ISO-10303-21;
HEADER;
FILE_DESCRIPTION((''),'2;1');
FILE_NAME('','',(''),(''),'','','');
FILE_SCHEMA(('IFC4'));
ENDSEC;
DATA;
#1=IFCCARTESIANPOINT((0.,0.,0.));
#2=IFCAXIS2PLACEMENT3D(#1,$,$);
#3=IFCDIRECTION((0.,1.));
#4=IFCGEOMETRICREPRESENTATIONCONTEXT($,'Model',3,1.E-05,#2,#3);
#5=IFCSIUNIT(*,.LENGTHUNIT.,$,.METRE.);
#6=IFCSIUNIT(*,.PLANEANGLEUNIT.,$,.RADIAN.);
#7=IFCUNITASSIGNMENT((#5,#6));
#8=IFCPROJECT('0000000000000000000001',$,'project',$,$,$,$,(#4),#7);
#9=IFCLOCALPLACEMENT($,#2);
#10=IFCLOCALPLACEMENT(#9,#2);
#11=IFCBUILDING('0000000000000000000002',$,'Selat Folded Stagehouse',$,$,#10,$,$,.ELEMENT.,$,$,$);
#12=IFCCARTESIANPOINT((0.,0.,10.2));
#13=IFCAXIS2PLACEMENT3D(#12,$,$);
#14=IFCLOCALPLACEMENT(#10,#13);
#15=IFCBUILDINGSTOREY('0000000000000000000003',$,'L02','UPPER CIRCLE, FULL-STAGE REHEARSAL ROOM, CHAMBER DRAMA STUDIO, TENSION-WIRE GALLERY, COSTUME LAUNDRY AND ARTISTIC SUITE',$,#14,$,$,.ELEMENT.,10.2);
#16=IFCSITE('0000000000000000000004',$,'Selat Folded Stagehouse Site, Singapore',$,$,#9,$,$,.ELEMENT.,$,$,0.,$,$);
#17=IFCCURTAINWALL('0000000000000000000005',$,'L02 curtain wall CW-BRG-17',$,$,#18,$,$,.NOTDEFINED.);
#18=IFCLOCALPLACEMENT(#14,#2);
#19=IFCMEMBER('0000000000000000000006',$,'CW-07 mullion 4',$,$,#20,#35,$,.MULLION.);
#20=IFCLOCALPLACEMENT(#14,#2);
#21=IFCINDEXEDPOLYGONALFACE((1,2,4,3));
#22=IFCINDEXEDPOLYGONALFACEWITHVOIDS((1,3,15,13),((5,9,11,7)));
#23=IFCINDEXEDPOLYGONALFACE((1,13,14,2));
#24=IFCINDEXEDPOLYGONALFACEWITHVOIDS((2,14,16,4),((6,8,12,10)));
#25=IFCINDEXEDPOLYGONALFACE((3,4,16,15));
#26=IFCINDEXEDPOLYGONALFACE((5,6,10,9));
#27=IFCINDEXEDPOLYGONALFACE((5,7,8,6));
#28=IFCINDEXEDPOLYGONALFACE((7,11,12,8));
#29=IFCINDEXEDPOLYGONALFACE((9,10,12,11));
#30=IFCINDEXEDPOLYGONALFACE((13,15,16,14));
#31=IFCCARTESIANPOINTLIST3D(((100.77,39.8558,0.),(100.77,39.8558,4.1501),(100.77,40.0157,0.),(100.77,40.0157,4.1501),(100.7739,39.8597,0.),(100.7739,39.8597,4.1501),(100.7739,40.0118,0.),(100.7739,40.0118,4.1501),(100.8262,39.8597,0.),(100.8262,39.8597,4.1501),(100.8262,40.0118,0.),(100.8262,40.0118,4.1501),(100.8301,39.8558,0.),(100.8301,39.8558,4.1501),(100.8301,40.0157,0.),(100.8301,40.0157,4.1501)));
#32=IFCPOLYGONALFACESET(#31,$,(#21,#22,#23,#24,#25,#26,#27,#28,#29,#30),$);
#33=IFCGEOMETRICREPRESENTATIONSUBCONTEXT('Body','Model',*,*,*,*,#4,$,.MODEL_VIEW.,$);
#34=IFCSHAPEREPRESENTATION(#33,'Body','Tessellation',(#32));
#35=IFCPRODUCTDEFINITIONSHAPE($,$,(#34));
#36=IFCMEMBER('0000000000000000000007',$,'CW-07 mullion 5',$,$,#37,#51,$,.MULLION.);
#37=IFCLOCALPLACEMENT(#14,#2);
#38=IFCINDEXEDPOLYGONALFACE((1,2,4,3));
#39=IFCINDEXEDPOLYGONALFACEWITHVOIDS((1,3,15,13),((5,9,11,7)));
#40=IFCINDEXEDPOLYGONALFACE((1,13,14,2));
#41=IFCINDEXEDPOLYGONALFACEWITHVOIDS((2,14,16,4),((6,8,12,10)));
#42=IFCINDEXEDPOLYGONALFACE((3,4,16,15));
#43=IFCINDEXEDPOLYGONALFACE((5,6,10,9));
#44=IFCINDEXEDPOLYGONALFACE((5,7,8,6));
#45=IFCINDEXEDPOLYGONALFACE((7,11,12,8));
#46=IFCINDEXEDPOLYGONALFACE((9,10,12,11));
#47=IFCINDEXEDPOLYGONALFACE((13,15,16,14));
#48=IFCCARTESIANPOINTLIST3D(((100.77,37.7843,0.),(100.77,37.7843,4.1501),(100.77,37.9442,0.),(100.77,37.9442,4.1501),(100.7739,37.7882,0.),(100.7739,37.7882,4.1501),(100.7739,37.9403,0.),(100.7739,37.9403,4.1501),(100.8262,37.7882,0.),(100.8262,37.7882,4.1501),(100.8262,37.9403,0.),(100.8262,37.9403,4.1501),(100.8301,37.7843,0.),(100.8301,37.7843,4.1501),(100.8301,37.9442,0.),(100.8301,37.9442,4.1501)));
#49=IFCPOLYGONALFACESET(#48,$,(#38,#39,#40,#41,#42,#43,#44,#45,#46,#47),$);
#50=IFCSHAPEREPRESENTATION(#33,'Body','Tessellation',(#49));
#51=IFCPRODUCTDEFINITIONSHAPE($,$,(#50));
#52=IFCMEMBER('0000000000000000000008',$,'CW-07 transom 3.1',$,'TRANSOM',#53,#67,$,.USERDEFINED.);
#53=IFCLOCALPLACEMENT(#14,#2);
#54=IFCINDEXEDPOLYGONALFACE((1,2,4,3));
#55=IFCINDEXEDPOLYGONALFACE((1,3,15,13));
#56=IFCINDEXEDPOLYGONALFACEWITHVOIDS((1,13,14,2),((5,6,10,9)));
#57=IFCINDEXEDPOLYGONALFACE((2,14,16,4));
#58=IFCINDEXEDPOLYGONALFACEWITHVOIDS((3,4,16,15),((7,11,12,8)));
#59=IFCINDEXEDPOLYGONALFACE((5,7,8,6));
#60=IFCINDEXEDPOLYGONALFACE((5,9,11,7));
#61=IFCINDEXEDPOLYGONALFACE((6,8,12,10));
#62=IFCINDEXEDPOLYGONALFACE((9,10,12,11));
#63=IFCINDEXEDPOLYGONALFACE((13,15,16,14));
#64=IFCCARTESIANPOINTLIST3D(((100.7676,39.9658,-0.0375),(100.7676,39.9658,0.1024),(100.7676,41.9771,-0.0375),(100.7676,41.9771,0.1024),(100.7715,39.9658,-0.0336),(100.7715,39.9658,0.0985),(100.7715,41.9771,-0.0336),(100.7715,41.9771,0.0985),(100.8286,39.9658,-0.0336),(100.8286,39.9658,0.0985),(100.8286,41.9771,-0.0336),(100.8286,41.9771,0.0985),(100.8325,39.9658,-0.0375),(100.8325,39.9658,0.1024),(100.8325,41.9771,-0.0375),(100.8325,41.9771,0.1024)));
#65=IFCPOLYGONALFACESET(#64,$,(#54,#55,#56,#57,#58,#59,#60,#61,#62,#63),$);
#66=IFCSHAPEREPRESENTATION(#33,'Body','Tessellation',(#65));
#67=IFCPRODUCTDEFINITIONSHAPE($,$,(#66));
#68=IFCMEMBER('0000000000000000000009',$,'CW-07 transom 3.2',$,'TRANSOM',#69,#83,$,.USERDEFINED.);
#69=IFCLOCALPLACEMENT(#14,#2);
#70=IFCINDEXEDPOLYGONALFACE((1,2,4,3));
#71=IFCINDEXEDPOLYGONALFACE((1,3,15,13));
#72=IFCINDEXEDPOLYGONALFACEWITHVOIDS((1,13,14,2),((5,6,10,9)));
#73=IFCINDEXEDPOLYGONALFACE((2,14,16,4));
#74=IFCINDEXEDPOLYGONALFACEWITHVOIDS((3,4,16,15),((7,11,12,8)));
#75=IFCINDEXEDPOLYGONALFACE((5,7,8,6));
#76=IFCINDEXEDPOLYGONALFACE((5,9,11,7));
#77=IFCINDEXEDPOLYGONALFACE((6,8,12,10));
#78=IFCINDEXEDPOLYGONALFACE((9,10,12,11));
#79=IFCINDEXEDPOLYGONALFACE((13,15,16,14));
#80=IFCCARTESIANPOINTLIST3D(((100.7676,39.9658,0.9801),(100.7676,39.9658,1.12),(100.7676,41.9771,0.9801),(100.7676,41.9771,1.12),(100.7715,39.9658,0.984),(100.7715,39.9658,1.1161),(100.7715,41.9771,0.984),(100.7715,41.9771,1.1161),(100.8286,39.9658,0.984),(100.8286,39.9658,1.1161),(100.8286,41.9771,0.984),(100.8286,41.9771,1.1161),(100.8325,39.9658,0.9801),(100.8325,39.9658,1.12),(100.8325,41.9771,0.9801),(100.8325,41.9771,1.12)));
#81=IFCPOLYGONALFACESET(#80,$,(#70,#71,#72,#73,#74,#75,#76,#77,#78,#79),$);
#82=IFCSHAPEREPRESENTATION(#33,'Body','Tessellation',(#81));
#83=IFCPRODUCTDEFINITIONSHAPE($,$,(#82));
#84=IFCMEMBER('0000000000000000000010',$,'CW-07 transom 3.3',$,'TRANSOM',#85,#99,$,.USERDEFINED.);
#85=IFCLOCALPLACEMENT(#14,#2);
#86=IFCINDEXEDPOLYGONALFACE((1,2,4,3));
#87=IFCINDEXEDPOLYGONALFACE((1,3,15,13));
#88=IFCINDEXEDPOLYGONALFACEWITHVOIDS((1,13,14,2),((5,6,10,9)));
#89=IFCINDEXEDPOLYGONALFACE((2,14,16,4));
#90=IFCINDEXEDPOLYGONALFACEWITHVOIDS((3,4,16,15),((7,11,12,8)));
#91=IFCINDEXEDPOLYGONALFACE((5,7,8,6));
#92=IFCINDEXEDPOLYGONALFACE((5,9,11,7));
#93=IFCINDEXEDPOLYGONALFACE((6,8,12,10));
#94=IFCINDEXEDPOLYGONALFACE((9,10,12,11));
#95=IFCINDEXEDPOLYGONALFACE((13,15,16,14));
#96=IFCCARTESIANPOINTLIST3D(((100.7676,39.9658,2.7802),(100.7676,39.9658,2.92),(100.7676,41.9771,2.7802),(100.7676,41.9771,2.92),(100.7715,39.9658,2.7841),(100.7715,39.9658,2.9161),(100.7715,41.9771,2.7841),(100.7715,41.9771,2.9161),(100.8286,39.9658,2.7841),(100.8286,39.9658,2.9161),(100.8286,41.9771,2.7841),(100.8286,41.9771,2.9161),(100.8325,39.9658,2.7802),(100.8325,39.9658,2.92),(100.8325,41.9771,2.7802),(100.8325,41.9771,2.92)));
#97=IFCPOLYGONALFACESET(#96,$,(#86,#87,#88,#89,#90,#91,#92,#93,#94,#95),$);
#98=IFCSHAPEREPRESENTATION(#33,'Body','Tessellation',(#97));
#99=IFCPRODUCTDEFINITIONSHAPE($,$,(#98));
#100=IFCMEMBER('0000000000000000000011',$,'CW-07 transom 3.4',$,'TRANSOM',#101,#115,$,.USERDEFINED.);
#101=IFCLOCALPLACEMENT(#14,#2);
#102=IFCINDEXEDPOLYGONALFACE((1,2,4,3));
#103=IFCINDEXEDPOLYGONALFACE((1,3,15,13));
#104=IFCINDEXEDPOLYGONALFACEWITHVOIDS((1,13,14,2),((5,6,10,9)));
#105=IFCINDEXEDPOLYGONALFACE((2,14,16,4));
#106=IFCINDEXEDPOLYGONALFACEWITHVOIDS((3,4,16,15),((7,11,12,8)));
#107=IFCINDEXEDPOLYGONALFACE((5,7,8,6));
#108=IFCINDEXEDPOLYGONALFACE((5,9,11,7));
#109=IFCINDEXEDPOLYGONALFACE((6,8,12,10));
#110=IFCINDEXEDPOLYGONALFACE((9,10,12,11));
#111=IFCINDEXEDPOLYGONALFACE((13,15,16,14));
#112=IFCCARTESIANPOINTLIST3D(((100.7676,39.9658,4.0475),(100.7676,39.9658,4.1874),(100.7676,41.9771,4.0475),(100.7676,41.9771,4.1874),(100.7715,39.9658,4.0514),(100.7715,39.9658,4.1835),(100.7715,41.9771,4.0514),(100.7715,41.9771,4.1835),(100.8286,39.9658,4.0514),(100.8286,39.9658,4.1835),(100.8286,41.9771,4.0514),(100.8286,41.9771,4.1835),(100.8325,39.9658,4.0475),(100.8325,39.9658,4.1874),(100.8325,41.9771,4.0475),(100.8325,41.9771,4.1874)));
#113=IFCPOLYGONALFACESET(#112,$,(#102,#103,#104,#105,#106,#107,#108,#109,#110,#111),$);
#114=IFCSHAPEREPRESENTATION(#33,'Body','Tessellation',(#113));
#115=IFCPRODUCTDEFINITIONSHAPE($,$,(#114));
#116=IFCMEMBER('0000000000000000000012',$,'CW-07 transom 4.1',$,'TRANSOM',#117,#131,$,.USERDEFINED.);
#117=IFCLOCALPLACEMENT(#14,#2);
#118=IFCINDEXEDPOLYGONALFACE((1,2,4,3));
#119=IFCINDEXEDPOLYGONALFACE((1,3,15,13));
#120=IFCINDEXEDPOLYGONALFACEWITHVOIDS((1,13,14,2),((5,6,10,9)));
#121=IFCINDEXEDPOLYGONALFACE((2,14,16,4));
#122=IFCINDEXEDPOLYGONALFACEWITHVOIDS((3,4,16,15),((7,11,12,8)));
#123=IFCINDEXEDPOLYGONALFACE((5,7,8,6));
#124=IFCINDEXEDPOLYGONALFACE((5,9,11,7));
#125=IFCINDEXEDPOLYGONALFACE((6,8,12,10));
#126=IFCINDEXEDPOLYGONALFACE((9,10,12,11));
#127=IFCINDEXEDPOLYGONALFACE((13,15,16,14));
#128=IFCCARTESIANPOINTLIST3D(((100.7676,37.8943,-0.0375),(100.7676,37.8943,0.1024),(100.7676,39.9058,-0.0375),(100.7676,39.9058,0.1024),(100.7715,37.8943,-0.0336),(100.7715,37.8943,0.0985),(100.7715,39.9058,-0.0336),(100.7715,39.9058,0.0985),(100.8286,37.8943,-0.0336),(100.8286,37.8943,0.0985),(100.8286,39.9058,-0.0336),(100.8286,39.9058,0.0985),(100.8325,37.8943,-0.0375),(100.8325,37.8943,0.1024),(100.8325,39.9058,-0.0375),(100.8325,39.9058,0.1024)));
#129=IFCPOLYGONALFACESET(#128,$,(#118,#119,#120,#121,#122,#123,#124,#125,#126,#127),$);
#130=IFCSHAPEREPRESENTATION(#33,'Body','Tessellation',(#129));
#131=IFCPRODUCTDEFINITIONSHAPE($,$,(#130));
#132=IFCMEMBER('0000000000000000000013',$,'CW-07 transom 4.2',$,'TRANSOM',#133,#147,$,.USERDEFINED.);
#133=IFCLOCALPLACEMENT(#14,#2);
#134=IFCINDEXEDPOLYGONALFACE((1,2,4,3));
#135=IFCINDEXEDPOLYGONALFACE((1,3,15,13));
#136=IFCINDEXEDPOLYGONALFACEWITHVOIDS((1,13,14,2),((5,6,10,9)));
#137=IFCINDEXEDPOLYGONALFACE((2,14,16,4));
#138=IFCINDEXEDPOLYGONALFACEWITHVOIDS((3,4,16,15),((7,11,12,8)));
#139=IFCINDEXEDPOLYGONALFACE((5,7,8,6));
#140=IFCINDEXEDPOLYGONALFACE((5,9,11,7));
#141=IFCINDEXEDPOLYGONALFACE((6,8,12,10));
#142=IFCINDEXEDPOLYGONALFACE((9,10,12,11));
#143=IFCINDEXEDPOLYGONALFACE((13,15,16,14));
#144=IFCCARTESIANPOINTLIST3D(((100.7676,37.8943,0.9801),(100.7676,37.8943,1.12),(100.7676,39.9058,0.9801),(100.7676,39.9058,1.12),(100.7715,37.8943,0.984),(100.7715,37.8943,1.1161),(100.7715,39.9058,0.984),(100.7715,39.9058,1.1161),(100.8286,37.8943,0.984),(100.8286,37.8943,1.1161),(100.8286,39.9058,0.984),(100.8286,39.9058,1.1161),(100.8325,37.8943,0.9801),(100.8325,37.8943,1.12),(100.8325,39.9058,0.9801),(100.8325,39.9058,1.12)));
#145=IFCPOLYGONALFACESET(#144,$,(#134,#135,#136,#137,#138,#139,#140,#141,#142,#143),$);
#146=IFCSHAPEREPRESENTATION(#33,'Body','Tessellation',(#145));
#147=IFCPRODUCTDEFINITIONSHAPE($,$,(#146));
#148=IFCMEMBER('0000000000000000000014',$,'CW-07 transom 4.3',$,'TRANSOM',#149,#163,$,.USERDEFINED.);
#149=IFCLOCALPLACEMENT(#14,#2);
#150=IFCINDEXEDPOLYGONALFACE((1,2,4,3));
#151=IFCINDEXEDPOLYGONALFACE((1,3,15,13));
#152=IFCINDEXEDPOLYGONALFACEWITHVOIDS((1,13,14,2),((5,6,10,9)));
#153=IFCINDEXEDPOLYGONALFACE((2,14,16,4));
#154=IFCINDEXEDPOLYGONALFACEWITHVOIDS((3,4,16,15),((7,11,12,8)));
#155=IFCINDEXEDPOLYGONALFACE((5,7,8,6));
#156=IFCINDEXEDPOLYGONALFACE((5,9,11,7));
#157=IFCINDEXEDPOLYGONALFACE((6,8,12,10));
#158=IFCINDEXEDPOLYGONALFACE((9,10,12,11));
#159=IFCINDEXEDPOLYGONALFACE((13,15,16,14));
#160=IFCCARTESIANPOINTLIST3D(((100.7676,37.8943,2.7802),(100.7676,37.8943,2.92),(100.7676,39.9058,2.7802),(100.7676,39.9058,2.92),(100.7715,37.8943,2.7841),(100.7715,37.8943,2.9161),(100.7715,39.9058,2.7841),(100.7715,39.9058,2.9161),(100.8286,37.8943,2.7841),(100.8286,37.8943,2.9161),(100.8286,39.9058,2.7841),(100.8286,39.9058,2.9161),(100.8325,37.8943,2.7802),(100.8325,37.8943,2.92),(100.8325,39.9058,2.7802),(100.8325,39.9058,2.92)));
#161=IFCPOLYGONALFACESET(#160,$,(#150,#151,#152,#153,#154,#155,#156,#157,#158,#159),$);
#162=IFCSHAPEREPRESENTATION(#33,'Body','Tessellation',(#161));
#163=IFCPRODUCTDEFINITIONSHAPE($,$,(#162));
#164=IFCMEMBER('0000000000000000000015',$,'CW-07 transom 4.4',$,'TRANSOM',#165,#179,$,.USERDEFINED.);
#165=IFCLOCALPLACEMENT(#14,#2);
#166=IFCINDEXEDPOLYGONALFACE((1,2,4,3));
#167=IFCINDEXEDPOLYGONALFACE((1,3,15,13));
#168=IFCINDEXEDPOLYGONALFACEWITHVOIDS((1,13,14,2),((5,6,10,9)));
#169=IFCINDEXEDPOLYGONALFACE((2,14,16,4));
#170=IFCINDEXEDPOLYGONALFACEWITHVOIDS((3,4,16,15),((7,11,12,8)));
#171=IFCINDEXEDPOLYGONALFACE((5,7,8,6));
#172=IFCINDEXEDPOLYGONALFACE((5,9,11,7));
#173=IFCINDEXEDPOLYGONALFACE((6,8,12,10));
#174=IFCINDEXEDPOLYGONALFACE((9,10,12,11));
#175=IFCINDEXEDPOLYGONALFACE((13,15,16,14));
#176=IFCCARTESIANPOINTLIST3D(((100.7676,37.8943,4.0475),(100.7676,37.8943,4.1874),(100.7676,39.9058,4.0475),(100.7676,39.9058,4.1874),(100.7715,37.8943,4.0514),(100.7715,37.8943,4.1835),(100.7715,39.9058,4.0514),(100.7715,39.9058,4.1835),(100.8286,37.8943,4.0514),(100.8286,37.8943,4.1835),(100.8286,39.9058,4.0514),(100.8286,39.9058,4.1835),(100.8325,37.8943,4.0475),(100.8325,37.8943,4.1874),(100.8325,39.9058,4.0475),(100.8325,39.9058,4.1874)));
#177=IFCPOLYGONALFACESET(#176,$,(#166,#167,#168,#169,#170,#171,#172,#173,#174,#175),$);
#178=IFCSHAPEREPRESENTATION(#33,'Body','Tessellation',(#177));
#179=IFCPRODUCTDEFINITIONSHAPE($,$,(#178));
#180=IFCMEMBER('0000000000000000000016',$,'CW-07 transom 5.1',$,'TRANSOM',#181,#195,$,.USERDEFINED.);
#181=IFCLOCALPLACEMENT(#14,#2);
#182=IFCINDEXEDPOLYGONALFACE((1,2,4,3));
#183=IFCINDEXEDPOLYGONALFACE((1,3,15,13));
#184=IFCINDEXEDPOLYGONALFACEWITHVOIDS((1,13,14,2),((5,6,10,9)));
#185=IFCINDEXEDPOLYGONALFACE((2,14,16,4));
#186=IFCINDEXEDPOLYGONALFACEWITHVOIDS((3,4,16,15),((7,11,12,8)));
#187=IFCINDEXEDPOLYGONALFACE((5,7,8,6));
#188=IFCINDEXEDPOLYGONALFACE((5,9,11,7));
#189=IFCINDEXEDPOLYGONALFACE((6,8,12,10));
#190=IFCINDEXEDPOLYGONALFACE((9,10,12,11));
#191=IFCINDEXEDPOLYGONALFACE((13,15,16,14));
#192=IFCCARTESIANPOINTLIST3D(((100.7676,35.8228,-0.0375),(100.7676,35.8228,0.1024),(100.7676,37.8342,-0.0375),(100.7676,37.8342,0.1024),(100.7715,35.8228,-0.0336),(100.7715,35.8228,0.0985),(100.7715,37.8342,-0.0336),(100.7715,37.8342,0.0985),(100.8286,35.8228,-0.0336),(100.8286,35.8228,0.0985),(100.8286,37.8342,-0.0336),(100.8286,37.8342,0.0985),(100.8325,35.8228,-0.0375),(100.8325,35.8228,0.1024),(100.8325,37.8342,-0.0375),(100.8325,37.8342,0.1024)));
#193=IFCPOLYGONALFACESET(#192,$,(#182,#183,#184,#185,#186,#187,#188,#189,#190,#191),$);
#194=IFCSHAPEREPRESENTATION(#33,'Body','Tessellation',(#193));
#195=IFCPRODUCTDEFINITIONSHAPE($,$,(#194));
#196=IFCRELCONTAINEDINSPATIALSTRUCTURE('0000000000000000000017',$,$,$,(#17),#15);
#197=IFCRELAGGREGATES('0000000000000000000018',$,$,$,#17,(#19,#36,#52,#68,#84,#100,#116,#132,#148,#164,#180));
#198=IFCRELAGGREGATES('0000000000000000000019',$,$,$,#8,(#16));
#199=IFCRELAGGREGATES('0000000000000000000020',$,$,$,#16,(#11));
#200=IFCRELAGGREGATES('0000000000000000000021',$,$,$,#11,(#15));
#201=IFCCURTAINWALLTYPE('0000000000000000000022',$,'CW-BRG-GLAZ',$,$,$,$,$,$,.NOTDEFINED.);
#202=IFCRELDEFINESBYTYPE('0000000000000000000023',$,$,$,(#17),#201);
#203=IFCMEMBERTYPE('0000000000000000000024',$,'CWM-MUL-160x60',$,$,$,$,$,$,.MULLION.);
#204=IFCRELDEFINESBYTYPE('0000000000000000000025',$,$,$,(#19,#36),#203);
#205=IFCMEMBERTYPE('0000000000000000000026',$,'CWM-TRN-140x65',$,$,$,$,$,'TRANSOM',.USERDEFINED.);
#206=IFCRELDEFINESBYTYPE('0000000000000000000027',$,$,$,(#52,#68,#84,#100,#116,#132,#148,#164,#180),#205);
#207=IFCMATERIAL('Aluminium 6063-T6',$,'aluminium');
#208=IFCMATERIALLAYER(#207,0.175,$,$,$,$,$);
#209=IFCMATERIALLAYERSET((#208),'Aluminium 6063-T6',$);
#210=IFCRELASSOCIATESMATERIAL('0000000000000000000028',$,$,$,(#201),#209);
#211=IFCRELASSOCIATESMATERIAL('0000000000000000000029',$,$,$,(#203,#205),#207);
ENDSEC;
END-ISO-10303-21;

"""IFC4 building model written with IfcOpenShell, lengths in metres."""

from ifc_helpers import new_model, si_unit, direction, frame, origin, origin_2d, place, context, subcontext, project, spatial, hollow_rectangle, extrude, material, layer, layer_set, material_profile, profile_set, type_object, element, aggregate, save


model = new_model("IFC4")

# Units and contexts
model_context = context("Model", 3, precision=1e-05, world=origin(), true_north=direction((0.0, 1.0)))
body_context = subcontext(model_context, "Body", "Model", "MODEL_VIEW")
ifc_project = project(units=[si_unit("LENGTHUNIT", "METRE"), si_unit("PLANEANGLEUNIT", "RADIAN")], contexts=[model_context])

# Site, building, storey
site_placement = place(None, origin())
site = spatial("IfcSite", under=ifc_project, at=site_placement, Name="Selat Folded Stagehouse Site, Singapore", CompositionType="ELEMENT", RefElevation=0.0)
building_placement = place(site_placement, origin())
building = spatial("IfcBuilding", under=site, at=building_placement, Name="Selat Folded Stagehouse", CompositionType="ELEMENT")
storey_placement = place(building_placement, frame((0.0, 0.0, 10.2)))
storey = spatial("IfcBuildingStorey", under=building, at=storey_placement, Name="L02", Description="UPPER CIRCLE, FULL-STAGE REHEARSAL ROOM, CHAMBER DRAMA STUDIO, TENSION-WIRE GALLERY, COSTUME LAUNDRY AND ARTISTIC SUITE", CompositionType="ELEMENT", Elevation=10.2)

# Curtain wall, members
ifc_material_1 = material(Name="Aluminium 6063-T6", Category="aluminium")
ifc_layer_1 = layer(ifc_material_1, 0.175)
ifc_layer_set_1 = layer_set([ifc_layer_1], Name="Aluminium 6063-T6")
curtain_wall_type = type_object("IfcCurtainWallType", Name="CW-BRG-GLAZ", PredefinedType="NOTDEFINED", material=ifc_layer_set_1)
curtain_wall_placement = place(storey_placement, origin())
curtain_wall = element("IfcCurtainWall", 1, at=curtain_wall_placement, inside=storey, type_object=curtain_wall_type, Name="L02 curtain wall CW-BRG-17", PredefinedType="NOTDEFINED")
ifc_material_profile_1 = material_profile(ifc_material_1, hollow_rectangle(XDim=0.0601, YDim=0.1599, WallThickness=0.0039, at=origin_2d()), Name="ALU 160x60x4.0")
ifc_profile_set_1 = profile_set([ifc_material_profile_1], Name="Aluminium 6063-T6")
member_type_1 = type_object("IfcMemberType", Name="CWM-MUL-160x60", PredefinedType="MULLION", material=ifc_profile_set_1)
member_1_placement = place(storey_placement, frame((100.8, 39.9358, 0.0), z_axis=(0.0, 0.0, 1.0), x_axis=(1.0, 0.0, 0.0)))
member_1 = element("IfcMember", 2, at=member_1_placement, type_object=member_type_1, Name="CW-07 mullion 4", PredefinedType="MULLION", context=body_context, shape_type="SweptSolid", body=[
    extrude(hollow_rectangle(XDim=0.0601, YDim=0.1599, WallThickness=0.0039, at=origin_2d()), origin(), (0.0, 0.0, 1.0), 4.1501),
])
member_2_placement = place(storey_placement, frame((100.8, 37.8643, 0.0), z_axis=(0.0, 0.0, 1.0), x_axis=(1.0, 0.0, 0.0)))
member_2 = element("IfcMember", 3, at=member_2_placement, type_object=member_type_1, Name="CW-07 mullion 5", PredefinedType="MULLION", context=body_context, shape_type="SweptSolid", body=[
    extrude(hollow_rectangle(XDim=0.0601, YDim=0.1599, WallThickness=0.0039, at=origin_2d()), origin(), (0.0, 0.0, 1.0), 4.1501),
])
ifc_material_profile_2 = material_profile(ifc_material_1, hollow_rectangle(XDim=0.0649, YDim=0.1399, WallThickness=0.0039, at=origin_2d()), Name="ALU 140x65x4.0")
ifc_profile_set_2 = profile_set([ifc_material_profile_2], Name="Aluminium 6063-T6")
member_type_2 = type_object("IfcMemberType", Name="CWM-TRN-140x65", ElementType="TRANSOM", PredefinedType="USERDEFINED", material=ifc_profile_set_2)
member_3_placement = place(storey_placement, frame((100.8, 41.9771, 0.0325), z_axis=(0.0, -1.0, 0.0), x_axis=(1.0, 0.0, 0.0)))
member_3 = element("IfcMember", 4, at=member_3_placement, type_object=member_type_2, Name="CW-07 transom 3.1", ObjectType="TRANSOM", PredefinedType="USERDEFINED", context=body_context, shape_type="SweptSolid", body=[
    extrude(hollow_rectangle(XDim=0.0649, YDim=0.1399, WallThickness=0.0039, at=origin_2d()), origin(), (0.0, 0.0, 1.0), 2.0112),
])
member_4_placement = place(storey_placement, frame((100.8, 41.9771, 1.05), z_axis=(0.0, -1.0, 0.0), x_axis=(1.0, 0.0, 0.0)))
member_4 = element("IfcMember", 5, at=member_4_placement, type_object=member_type_2, Name="CW-07 transom 3.2", ObjectType="TRANSOM", PredefinedType="USERDEFINED", context=body_context, shape_type="SweptSolid", body=[
    extrude(hollow_rectangle(XDim=0.0649, YDim=0.1399, WallThickness=0.0039, at=origin_2d()), origin(), (0.0, 0.0, 1.0), 2.0112),
])
member_5_placement = place(storey_placement, frame((100.8, 41.9771, 2.8501), z_axis=(0.0, -1.0, 0.0), x_axis=(1.0, 0.0, 0.0)))
member_5 = element("IfcMember", 6, at=member_5_placement, type_object=member_type_2, Name="CW-07 transom 3.3", ObjectType="TRANSOM", PredefinedType="USERDEFINED", context=body_context, shape_type="SweptSolid", body=[
    extrude(hollow_rectangle(XDim=0.0649, YDim=0.1399, WallThickness=0.0039, at=origin_2d()), origin(), (0.0, 0.0, 1.0), 2.0112),
])
member_6_placement = place(storey_placement, frame((100.8, 41.9771, 4.1174), z_axis=(0.0, -1.0, 0.0), x_axis=(1.0, 0.0, 0.0)))
member_6 = element("IfcMember", 7, at=member_6_placement, type_object=member_type_2, Name="CW-07 transom 3.4", ObjectType="TRANSOM", PredefinedType="USERDEFINED", context=body_context, shape_type="SweptSolid", body=[
    extrude(hollow_rectangle(XDim=0.0649, YDim=0.1399, WallThickness=0.0039, at=origin_2d()), origin(), (0.0, 0.0, 1.0), 2.0112),
])
member_7_placement = place(storey_placement, frame((100.8, 39.9058, 0.0325), z_axis=(0.0, -1.0, 0.0), x_axis=(1.0, 0.0, 0.0)))
member_7 = element("IfcMember", 8, at=member_7_placement, type_object=member_type_2, Name="CW-07 transom 4.1", ObjectType="TRANSOM", PredefinedType="USERDEFINED", context=body_context, shape_type="SweptSolid", body=[
    extrude(hollow_rectangle(XDim=0.0649, YDim=0.1399, WallThickness=0.0039, at=origin_2d()), origin(), (0.0, 0.0, 1.0), 2.0115),
])
member_8_placement = place(storey_placement, frame((100.8, 39.9058, 1.05), z_axis=(0.0, -1.0, 0.0), x_axis=(1.0, 0.0, 0.0)))
member_8 = element("IfcMember", 9, at=member_8_placement, type_object=member_type_2, Name="CW-07 transom 4.2", ObjectType="TRANSOM", PredefinedType="USERDEFINED", context=body_context, shape_type="SweptSolid", body=[
    extrude(hollow_rectangle(XDim=0.0649, YDim=0.1399, WallThickness=0.0039, at=origin_2d()), origin(), (0.0, 0.0, 1.0), 2.0115),
])
member_9_placement = place(storey_placement, frame((100.8, 39.9058, 2.8501), z_axis=(0.0, -1.0, 0.0), x_axis=(1.0, 0.0, 0.0)))
member_9 = element("IfcMember", 10, at=member_9_placement, type_object=member_type_2, Name="CW-07 transom 4.3", ObjectType="TRANSOM", PredefinedType="USERDEFINED", context=body_context, shape_type="SweptSolid", body=[
    extrude(hollow_rectangle(XDim=0.0649, YDim=0.1399, WallThickness=0.0039, at=origin_2d()), origin(), (0.0, 0.0, 1.0), 2.0115),
])
member_10_placement = place(storey_placement, frame((100.8, 39.9058, 4.1174), z_axis=(0.0, -1.0, 0.0), x_axis=(1.0, 0.0, 0.0)))
member_10 = element("IfcMember", 11, at=member_10_placement, type_object=member_type_2, Name="CW-07 transom 4.4", ObjectType="TRANSOM", PredefinedType="USERDEFINED", context=body_context, shape_type="SweptSolid", body=[
    extrude(hollow_rectangle(XDim=0.0649, YDim=0.1399, WallThickness=0.0039, at=origin_2d()), origin(), (0.0, 0.0, 1.0), 2.0115),
])
member_11_placement = place(storey_placement, frame((100.8, 37.8342, 0.0325), z_axis=(0.0, -1.0, 0.0), x_axis=(1.0, 0.0, 0.0)))
member_11 = element("IfcMember", 12, at=member_11_placement, type_object=member_type_2, Name="CW-07 transom 5.1", ObjectType="TRANSOM", PredefinedType="USERDEFINED", context=body_context, shape_type="SweptSolid", body=[
    extrude(hollow_rectangle(XDim=0.0649, YDim=0.1399, WallThickness=0.0039, at=origin_2d()), origin(), (0.0, 0.0, 1.0), 2.0115),
])
aggregate(curtain_wall, [member_1, member_2, member_3, member_4, member_5, member_6, member_7, member_8, member_9, member_10, member_11])

save(model, "model.ifc")
